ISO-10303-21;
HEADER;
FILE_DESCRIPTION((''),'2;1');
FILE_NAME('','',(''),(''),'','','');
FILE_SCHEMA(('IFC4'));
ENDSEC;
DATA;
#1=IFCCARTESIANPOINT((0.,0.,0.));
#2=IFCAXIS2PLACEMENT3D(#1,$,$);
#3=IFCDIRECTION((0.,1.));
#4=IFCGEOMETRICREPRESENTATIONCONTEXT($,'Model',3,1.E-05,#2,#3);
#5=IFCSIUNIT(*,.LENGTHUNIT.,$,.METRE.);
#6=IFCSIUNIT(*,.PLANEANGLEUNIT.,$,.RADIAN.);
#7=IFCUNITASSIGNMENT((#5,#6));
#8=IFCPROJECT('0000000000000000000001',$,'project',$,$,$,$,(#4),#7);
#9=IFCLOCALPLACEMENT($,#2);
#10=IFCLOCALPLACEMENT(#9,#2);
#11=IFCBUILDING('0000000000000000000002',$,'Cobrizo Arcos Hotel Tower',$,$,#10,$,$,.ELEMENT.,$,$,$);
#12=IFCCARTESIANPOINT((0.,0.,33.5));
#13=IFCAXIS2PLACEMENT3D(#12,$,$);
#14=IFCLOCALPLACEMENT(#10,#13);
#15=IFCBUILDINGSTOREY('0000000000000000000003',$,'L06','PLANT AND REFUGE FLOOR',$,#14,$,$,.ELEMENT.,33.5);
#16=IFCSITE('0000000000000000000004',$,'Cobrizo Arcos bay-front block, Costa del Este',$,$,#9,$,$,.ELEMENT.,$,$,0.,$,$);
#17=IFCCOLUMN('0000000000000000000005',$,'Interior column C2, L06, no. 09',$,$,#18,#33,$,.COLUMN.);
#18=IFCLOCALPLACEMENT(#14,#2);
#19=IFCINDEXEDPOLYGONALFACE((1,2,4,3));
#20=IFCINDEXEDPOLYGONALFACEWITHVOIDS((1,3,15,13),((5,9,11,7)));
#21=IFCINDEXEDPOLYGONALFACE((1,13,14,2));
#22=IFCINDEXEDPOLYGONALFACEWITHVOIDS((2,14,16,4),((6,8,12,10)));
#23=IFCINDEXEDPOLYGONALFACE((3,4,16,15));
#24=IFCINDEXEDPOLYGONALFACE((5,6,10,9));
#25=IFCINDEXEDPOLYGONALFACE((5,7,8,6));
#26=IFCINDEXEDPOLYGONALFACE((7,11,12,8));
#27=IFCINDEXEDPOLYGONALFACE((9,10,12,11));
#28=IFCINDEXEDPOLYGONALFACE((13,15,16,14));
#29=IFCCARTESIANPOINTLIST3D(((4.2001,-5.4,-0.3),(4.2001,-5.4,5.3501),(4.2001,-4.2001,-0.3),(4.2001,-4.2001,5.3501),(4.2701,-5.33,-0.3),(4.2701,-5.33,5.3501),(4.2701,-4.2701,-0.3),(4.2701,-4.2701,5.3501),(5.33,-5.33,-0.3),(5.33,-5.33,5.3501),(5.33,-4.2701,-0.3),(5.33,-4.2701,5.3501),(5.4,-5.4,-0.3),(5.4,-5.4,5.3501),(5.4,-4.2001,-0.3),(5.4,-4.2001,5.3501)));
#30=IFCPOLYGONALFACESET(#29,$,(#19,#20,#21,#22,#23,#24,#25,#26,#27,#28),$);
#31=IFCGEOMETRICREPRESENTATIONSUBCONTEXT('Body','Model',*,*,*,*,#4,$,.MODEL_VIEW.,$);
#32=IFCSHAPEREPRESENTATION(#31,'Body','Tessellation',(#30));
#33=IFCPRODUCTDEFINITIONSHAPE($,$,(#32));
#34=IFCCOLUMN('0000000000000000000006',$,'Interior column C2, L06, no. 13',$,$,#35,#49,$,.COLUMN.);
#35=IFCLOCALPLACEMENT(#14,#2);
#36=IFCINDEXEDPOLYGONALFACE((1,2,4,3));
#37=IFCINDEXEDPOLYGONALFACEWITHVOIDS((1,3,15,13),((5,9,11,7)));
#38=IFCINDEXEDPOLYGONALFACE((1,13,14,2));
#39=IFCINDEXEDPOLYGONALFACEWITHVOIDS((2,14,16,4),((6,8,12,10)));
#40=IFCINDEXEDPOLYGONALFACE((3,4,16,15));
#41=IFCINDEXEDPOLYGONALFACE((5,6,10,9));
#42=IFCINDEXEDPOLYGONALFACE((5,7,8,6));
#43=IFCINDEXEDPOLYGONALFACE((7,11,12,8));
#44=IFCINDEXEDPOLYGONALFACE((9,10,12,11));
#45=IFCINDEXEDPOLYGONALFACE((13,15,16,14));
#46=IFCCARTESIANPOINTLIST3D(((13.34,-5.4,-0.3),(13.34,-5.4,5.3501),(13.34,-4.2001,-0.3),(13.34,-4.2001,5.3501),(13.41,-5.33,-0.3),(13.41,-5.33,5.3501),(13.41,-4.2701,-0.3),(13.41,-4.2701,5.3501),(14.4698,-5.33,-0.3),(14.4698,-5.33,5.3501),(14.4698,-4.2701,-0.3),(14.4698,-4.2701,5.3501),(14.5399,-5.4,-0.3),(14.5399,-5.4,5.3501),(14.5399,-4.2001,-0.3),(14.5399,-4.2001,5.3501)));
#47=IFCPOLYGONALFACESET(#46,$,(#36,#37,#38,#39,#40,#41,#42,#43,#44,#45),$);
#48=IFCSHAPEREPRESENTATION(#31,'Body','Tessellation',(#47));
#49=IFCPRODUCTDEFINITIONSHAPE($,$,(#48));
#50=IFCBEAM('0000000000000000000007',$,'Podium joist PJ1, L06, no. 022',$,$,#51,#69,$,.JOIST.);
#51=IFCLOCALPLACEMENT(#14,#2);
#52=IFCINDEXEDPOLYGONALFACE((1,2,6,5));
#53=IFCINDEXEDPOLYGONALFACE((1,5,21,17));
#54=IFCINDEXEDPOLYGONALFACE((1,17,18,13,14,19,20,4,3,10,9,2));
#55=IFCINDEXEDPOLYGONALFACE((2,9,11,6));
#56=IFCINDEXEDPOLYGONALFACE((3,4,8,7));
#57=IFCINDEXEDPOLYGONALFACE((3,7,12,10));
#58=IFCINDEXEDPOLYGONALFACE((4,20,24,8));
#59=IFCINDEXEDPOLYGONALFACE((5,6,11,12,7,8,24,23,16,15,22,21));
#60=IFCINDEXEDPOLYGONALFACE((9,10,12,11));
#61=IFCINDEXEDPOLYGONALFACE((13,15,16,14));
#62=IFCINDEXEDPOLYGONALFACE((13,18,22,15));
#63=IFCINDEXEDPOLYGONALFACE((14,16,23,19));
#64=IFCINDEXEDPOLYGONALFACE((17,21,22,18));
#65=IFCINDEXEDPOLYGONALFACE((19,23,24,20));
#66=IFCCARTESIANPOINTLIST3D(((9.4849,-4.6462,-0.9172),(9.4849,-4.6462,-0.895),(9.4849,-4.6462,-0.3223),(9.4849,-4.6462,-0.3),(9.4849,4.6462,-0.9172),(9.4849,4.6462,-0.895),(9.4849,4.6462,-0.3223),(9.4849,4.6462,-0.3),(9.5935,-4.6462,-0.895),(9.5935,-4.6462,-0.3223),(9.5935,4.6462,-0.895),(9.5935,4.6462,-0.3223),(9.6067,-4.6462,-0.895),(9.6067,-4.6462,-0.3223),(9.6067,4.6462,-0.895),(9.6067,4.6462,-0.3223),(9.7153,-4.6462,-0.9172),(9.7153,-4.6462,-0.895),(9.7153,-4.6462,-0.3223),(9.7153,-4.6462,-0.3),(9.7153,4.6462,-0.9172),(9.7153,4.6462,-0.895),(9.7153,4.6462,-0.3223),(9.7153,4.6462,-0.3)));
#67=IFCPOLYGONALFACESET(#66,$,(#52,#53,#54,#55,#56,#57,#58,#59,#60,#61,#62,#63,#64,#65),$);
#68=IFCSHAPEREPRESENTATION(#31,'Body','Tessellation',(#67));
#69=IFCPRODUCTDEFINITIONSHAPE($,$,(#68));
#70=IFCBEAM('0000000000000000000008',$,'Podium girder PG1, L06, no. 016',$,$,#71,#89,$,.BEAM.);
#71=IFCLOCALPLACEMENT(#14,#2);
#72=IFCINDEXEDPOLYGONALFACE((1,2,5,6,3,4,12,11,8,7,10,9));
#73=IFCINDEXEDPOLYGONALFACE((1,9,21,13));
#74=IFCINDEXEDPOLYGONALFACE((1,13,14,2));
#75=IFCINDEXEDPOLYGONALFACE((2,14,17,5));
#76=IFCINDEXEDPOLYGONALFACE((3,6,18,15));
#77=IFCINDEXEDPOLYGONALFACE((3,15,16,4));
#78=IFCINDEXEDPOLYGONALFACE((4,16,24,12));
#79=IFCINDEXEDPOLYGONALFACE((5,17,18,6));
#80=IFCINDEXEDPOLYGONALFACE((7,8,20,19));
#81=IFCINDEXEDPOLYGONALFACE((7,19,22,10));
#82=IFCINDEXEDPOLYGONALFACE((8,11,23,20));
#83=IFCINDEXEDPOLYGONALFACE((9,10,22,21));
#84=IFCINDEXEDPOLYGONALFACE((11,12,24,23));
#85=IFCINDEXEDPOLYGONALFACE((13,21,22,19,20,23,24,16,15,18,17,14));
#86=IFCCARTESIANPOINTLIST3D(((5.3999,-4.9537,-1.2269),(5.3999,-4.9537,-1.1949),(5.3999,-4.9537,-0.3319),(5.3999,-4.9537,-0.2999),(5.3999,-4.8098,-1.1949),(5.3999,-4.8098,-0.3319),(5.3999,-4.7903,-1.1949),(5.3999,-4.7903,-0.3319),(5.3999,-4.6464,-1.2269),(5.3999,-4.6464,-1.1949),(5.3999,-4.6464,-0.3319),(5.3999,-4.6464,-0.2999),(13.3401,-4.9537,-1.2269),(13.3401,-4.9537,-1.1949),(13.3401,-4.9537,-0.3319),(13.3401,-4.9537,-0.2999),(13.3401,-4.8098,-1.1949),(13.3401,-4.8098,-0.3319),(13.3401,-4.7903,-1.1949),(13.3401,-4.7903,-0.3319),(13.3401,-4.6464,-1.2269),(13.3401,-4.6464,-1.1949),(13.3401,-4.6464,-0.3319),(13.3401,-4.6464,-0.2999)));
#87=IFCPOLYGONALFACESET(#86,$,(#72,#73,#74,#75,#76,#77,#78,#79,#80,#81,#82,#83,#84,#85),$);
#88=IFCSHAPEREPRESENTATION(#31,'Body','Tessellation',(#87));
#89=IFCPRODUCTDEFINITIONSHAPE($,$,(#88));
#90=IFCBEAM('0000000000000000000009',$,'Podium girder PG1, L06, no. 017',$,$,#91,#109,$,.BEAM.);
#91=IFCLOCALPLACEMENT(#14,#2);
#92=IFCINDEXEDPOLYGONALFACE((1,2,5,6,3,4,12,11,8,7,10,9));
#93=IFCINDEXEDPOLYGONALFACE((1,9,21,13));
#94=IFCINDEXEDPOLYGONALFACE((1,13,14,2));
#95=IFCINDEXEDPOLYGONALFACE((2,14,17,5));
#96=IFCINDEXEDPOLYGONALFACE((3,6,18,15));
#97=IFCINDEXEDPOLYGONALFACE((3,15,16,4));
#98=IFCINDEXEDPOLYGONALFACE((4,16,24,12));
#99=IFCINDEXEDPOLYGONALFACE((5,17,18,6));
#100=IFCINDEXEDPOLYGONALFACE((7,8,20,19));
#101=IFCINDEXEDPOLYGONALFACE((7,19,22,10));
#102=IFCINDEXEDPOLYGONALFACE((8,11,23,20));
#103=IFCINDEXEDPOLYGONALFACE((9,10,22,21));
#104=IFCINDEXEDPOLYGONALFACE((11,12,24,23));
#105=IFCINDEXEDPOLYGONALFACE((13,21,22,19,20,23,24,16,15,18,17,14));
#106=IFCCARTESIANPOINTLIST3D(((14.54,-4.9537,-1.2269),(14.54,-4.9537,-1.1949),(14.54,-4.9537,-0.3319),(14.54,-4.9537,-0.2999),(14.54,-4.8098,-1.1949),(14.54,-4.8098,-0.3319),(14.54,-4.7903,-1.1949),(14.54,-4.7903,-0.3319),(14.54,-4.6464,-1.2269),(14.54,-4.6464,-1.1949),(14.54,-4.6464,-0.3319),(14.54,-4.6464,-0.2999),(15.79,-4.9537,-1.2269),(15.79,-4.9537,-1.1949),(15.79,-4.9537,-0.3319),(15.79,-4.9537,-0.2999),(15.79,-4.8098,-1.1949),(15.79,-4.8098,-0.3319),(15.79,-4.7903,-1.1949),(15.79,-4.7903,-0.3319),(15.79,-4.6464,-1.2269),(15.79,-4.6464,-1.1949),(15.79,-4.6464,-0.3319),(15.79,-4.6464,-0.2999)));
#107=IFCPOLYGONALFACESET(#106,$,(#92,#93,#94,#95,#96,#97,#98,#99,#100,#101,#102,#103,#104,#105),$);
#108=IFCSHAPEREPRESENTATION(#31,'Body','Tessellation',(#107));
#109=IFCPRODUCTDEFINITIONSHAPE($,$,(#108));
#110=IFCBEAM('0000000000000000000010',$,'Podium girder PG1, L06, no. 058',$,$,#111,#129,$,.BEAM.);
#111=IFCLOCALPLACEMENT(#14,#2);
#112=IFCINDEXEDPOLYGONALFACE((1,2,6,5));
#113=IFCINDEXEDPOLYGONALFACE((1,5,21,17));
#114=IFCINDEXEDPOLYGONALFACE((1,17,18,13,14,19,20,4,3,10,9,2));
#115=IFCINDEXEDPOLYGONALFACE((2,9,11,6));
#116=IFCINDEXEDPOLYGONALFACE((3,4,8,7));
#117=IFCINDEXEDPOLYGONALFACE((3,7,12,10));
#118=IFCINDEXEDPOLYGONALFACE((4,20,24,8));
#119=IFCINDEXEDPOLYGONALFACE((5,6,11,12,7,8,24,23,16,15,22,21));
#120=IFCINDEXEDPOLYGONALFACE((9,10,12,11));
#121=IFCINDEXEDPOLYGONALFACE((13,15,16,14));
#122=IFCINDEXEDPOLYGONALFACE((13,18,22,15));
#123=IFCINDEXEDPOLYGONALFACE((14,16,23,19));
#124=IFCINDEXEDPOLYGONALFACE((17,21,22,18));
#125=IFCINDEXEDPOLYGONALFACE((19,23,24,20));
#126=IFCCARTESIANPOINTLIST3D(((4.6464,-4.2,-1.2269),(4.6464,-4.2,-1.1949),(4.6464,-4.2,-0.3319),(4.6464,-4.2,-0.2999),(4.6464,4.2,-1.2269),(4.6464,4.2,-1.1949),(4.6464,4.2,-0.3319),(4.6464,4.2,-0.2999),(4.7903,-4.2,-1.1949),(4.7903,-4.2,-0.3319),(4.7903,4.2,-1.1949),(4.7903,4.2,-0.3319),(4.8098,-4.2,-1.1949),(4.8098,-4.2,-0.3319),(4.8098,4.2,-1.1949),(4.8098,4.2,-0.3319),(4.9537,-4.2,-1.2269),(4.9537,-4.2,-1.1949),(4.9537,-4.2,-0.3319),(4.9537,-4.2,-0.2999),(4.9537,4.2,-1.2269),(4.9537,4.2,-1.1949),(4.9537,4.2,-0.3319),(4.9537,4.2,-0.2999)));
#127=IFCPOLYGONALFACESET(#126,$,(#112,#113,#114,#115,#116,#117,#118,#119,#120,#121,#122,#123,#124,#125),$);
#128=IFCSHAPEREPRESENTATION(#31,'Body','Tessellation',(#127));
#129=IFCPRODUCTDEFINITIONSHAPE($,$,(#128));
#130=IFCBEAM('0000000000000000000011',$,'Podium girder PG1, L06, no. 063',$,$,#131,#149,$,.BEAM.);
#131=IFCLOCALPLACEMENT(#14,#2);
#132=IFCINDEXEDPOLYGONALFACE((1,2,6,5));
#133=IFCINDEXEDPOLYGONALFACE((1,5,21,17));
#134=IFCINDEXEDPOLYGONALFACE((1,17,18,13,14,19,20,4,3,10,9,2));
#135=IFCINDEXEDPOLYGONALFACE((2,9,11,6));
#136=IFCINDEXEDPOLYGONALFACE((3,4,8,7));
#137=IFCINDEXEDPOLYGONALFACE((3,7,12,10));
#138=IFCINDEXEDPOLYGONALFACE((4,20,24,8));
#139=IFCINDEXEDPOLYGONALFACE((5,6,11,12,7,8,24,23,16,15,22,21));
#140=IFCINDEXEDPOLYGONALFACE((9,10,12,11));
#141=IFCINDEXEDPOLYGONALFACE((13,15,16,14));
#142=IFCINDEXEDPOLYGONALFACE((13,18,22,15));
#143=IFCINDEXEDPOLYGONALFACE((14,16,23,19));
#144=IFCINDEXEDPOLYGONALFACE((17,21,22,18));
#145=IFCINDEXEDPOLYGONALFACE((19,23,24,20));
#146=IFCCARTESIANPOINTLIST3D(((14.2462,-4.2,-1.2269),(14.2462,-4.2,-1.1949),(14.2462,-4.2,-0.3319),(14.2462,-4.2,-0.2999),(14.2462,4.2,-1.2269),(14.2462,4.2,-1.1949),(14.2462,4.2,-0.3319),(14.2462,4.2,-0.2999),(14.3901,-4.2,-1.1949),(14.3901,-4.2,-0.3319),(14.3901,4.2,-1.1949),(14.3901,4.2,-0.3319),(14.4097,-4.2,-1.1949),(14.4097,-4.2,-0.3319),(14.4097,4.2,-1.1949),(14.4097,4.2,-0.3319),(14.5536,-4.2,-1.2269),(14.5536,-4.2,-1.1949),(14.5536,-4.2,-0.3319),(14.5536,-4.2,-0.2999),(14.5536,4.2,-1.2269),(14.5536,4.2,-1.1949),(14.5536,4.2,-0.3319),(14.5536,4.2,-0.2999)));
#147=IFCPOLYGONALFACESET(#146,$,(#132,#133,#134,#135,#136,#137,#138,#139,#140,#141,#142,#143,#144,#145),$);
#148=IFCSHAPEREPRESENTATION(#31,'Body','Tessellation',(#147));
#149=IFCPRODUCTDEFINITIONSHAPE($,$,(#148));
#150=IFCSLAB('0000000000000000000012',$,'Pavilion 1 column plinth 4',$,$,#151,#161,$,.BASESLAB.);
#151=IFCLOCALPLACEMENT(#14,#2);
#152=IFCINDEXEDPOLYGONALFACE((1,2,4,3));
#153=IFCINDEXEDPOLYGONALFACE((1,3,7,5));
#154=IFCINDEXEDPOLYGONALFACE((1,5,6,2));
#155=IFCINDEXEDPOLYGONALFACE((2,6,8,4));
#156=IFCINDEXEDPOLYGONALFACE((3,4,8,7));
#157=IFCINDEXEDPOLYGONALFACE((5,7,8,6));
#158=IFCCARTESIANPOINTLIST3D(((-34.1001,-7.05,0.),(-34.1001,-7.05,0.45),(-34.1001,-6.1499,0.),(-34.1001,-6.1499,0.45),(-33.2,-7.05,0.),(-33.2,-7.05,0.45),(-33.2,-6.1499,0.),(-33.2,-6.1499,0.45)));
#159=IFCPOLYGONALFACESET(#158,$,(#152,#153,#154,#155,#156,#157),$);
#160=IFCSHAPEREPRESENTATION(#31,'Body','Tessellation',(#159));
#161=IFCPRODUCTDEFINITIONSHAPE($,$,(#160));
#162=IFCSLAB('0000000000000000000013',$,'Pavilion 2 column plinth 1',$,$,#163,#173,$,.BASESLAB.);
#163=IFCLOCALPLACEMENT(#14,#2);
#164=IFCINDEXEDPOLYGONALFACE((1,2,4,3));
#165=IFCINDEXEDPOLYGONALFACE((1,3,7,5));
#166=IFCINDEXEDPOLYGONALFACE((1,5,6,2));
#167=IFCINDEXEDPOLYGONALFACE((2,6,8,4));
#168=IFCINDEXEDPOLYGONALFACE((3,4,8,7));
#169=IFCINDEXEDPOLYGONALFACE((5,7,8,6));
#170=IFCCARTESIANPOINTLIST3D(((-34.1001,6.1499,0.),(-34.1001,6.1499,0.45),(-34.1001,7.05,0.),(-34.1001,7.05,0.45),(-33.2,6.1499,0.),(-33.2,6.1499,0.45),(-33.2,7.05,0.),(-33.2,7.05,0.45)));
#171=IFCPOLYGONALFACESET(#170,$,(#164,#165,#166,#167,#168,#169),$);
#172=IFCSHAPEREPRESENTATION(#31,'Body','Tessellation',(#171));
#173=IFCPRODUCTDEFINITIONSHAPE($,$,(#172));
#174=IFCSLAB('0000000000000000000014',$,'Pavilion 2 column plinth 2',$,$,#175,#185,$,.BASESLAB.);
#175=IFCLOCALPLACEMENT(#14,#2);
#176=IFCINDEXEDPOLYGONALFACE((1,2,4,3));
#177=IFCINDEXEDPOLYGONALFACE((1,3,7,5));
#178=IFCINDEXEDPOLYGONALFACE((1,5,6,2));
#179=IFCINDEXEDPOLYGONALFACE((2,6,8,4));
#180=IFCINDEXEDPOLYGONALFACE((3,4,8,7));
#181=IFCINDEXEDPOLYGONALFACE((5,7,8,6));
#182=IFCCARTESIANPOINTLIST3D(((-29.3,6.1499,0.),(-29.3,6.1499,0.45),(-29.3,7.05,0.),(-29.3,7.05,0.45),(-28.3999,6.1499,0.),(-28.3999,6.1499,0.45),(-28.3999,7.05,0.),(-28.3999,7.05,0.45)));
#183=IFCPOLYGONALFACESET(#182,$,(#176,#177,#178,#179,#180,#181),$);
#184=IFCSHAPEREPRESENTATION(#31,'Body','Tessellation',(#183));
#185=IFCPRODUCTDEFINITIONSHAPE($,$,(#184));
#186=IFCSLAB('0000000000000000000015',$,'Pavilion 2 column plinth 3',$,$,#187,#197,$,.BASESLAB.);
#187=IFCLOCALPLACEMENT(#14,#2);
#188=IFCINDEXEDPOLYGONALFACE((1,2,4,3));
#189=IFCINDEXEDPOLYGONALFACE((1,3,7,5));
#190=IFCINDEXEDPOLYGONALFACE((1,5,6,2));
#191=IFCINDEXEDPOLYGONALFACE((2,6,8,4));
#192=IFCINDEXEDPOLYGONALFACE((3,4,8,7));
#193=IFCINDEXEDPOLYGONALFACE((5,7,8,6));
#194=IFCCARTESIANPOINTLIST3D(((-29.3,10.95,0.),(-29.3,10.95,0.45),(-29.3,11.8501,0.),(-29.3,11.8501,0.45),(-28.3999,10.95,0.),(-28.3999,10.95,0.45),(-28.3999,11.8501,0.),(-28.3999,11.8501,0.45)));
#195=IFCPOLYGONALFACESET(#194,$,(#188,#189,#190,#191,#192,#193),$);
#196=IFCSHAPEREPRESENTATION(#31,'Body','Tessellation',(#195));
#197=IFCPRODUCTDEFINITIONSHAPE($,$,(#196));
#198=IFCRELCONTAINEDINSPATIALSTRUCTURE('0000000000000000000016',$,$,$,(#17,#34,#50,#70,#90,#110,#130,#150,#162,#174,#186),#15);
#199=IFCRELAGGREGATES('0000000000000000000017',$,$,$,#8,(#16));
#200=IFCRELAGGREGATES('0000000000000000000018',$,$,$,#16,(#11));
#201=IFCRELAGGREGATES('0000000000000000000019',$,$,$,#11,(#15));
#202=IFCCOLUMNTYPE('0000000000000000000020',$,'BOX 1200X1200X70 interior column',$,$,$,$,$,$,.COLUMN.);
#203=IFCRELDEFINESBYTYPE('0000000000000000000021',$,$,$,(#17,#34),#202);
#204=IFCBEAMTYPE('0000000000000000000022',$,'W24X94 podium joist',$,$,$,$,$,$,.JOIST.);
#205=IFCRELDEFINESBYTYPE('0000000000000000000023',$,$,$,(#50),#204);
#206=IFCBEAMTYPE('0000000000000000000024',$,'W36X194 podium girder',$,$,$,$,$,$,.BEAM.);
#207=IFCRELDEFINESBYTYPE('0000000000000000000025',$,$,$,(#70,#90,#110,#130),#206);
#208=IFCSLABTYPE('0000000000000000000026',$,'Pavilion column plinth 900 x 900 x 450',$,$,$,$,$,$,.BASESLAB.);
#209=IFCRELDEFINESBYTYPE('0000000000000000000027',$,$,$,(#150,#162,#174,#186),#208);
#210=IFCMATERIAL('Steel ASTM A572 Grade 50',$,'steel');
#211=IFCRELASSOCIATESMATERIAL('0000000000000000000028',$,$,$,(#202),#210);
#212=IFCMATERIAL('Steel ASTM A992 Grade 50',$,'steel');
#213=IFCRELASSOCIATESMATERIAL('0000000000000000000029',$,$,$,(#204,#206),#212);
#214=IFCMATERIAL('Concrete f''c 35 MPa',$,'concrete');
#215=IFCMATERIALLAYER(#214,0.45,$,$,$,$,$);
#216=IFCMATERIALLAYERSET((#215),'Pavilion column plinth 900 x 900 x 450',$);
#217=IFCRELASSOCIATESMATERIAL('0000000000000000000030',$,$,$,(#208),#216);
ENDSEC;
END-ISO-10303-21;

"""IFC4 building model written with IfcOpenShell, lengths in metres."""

from ifc_helpers import new_model, si_unit, direction, frame, origin, origin_2d, place, context, subcontext, project, spatial, polyline, hollow_rectangle, i_section, outline, extrude, material, layer, layer_set, material_profile, profile_set, type_object, element, save


model = new_model("IFC4")

# Units and contexts
model_context = context("Model", 3, precision=1e-05, world=origin(), true_north=direction((0.0, 1.0)))
body_context = subcontext(model_context, "Body", "Model", "MODEL_VIEW")
ifc_project = project(units=[si_unit("LENGTHUNIT", "METRE"), si_unit("PLANEANGLEUNIT", "RADIAN")], contexts=[model_context])

# Site, building, storey
site_placement = place(None, origin())
site = spatial("IfcSite", under=ifc_project, at=site_placement, Name="Cobrizo Arcos bay-front block, Costa del Este", CompositionType="ELEMENT", RefElevation=0.0)
building_placement = place(site_placement, origin())
building = spatial("IfcBuilding", under=site, at=building_placement, Name="Cobrizo Arcos Hotel Tower", CompositionType="ELEMENT")
storey_placement = place(building_placement, frame((0.0, 0.0, 33.5)))
storey = spatial("IfcBuildingStorey", under=building, at=storey_placement, Name="L06", Description="PLANT AND REFUGE FLOOR", CompositionType="ELEMENT", Elevation=33.5)

# Columns
ifc_material_1 = material(Name="Steel ASTM A572 Grade 50", Category="steel")
ifc_material_profile_1 = material_profile(ifc_material_1, hollow_rectangle(XDim=1.2, YDim=1.2, WallThickness=0.0701, at=origin_2d()), Name="BOX 1200X1200X70")
ifc_profile_set_1 = profile_set([ifc_material_profile_1], Name="Steel ASTM A572 Grade 50")
column_type = type_object("IfcColumnType", Name="BOX 1200X1200X70 interior column", PredefinedType="COLUMN", material=ifc_profile_set_1)
for number, where, z_axis, x_axis, name in (
    (1, (4.8, -4.8, -0.3), (0.0, 0.0, 1.0), (1.0, 0.0, 0.0), "Interior column C2, L06, no. 09"),
    (2, (13.9399, -4.8, -0.3), (0.0, 0.0, 1.0), (1.0, 0.0, 0.0), "Interior column C2, L06, no. 13"),
):
    element("IfcColumn", number, at=place(storey_placement, frame(where, z_axis=z_axis, x_axis=x_axis)), inside=storey, type_object=column_type, Name=name, PredefinedType="COLUMN", context=body_context, shape_type="SweptSolid", body=[
        extrude(hollow_rectangle(XDim=1.2, YDim=1.2, WallThickness=0.0701, at=origin_2d()), origin(), (0.0, 0.0, 1.0), 5.6501),
    ])

# Beams
ifc_material_2 = material(Name="Steel ASTM A992 Grade 50", Category="steel")
ifc_material_profile_2 = material_profile(ifc_material_2, i_section(OverallWidth=0.2305, OverallDepth=0.6172, WebThickness=0.0132, FlangeThickness=0.0222, at=origin_2d()), Name="W24X94")
ifc_profile_set_2 = profile_set([ifc_material_profile_2], Name="Steel ASTM A992 Grade 50")
beam_type_1 = type_object("IfcBeamType", Name="W24X94 podium joist", PredefinedType="JOIST", material=ifc_profile_set_2)
beam_1_placement = place(storey_placement, frame((9.6001, -4.6462, -0.6086), z_axis=(0.0, 1.0, 0.0), x_axis=(-1.0, 0.0, 0.0)))
element("IfcBeam", 3, at=beam_1_placement, inside=storey, type_object=beam_type_1, Name="Podium joist PJ1, L06, no. 022", PredefinedType="JOIST", context=body_context, shape_type="SweptSolid", body=[
    extrude(i_section(OverallWidth=0.2305, OverallDepth=0.6172, WebThickness=0.0132, FlangeThickness=0.0222, at=origin_2d()), origin(), (0.0, 0.0, 1.0), 9.2925),
])
ifc_material_profile_3 = material_profile(ifc_material_2, i_section(OverallWidth=0.3074, OverallDepth=0.927, WebThickness=0.0195, FlangeThickness=0.032, at=origin_2d()), Name="W36X194")
ifc_profile_set_3 = profile_set([ifc_material_profile_3], Name="Steel ASTM A992 Grade 50")
beam_type_2 = type_object("IfcBeamType", Name="W36X194 podium girder", PredefinedType="BEAM", material=ifc_profile_set_3)
beam_2_placement = place(storey_placement, frame((5.3999, -4.8, -0.7634), z_axis=(1.0, 0.0, 0.0), x_axis=(0.0, 1.0, 0.0)))
element("IfcBeam", 4, at=beam_2_placement, inside=storey, type_object=beam_type_2, Name="Podium girder PG1, L06, no. 016", PredefinedType="BEAM", context=body_context, shape_type="SweptSolid", body=[
    extrude(i_section(OverallWidth=0.3074, OverallDepth=0.927, WebThickness=0.0195, FlangeThickness=0.032, at=origin_2d()), origin(), (0.0, 0.0, 1.0), 7.9402),
])
beam_3_placement = place(storey_placement, frame((14.54, -4.8, -0.7634), z_axis=(1.0, 0.0, 0.0), x_axis=(0.0, 1.0, 0.0)))
element("IfcBeam", 5, at=beam_3_placement, inside=storey, type_object=beam_type_2, Name="Podium girder PG1, L06, no. 017", PredefinedType="BEAM", context=body_context, shape_type="SweptSolid", body=[
    extrude(i_section(OverallWidth=0.3074, OverallDepth=0.927, WebThickness=0.0195, FlangeThickness=0.032, at=origin_2d()), origin(), (0.0, 0.0, 1.0), 1.25),
])
for number, where, z_axis, x_axis, name in (
    (6, (4.8, -4.2, -0.7634), (0.0, 1.0, 0.0), (-1.0, 0.0, 0.0), "Podium girder PG1, L06, no. 058"),
    (7, (14.3999, -4.2, -0.7634), (0.0, 1.0, 0.0), (-1.0, 0.0, 0.0), "Podium girder PG1, L06, no. 063"),
):
    element("IfcBeam", number, at=place(storey_placement, frame(where, z_axis=z_axis, x_axis=x_axis)), inside=storey, type_object=beam_type_2, Name=name, PredefinedType="BEAM", context=body_context, shape_type="SweptSolid", body=[
        extrude(i_section(OverallWidth=0.3074, OverallDepth=0.927, WebThickness=0.0195, FlangeThickness=0.032, at=origin_2d()), origin(), (0.0, 0.0, 1.0), 8.3999),
    ])

# Slabs
ifc_material_3 = material(Name="Concrete f'c 35 MPa", Category="concrete")
ifc_layer_1 = layer(ifc_material_3, 0.45)
ifc_layer_set_1 = layer_set([ifc_layer_1], Name="Pavilion column plinth 900 x 900 x 450")
slab_type_1 = type_object("IfcSlabType", Name="Pavilion column plinth 900 x 900 x 450", PredefinedType="BASESLAB", material=ifc_layer_set_1)
slab_1_placement = place(storey_placement, origin())
element("IfcSlab", 8, at=slab_1_placement, inside=storey, type_object=slab_type_1, Name="Pavilion 1 column plinth 4", PredefinedType="BASESLAB", context=body_context, shape_type="SweptSolid", body=[
    extrude(outline(polyline([(-33.2, -7.05), (-33.2, -6.1499), (-34.1001, -6.1499), (-34.1001, -7.05), (-33.2, -7.05)])), origin(), (0.0, 0.0, 1.0), 0.45),
])
slab_2_placement = place(storey_placement, origin())
element("IfcSlab", 9, at=slab_2_placement, inside=storey, type_object=slab_type_1, Name="Pavilion 2 column plinth 1", PredefinedType="BASESLAB", context=body_context, shape_type="SweptSolid", body=[
    extrude(outline(polyline([(-33.2, 6.1499), (-33.2, 7.05), (-34.1001, 7.05), (-34.1001, 6.1499), (-33.2, 6.1499)])), origin(), (0.0, 0.0, 1.0), 0.45),
])
slab_3_placement = place(storey_placement, origin())
element("IfcSlab", 10, at=slab_3_placement, inside=storey, type_object=slab_type_1, Name="Pavilion 2 column plinth 2", PredefinedType="BASESLAB", context=body_context, shape_type="SweptSolid", body=[
    extrude(outline(polyline([(-28.3999, 6.1499), (-28.3999, 7.05), (-29.3, 7.05), (-29.3, 6.1499), (-28.3999, 6.1499)])), origin(), (0.0, 0.0, 1.0), 0.45),
])
slab_4_placement = place(storey_placement, origin())
element("IfcSlab", 11, at=slab_4_placement, inside=storey, type_object=slab_type_1, Name="Pavilion 2 column plinth 3", PredefinedType="BASESLAB", context=body_context, shape_type="SweptSolid", body=[
    extrude(outline(polyline([(-28.3999, 10.95), (-28.3999, 11.8501), (-29.3, 11.8501), (-29.3, 10.95), (-28.3999, 10.95)])), origin(), (0.0, 0.0, 1.0), 0.45),
])

save(model, "model.ifc")
